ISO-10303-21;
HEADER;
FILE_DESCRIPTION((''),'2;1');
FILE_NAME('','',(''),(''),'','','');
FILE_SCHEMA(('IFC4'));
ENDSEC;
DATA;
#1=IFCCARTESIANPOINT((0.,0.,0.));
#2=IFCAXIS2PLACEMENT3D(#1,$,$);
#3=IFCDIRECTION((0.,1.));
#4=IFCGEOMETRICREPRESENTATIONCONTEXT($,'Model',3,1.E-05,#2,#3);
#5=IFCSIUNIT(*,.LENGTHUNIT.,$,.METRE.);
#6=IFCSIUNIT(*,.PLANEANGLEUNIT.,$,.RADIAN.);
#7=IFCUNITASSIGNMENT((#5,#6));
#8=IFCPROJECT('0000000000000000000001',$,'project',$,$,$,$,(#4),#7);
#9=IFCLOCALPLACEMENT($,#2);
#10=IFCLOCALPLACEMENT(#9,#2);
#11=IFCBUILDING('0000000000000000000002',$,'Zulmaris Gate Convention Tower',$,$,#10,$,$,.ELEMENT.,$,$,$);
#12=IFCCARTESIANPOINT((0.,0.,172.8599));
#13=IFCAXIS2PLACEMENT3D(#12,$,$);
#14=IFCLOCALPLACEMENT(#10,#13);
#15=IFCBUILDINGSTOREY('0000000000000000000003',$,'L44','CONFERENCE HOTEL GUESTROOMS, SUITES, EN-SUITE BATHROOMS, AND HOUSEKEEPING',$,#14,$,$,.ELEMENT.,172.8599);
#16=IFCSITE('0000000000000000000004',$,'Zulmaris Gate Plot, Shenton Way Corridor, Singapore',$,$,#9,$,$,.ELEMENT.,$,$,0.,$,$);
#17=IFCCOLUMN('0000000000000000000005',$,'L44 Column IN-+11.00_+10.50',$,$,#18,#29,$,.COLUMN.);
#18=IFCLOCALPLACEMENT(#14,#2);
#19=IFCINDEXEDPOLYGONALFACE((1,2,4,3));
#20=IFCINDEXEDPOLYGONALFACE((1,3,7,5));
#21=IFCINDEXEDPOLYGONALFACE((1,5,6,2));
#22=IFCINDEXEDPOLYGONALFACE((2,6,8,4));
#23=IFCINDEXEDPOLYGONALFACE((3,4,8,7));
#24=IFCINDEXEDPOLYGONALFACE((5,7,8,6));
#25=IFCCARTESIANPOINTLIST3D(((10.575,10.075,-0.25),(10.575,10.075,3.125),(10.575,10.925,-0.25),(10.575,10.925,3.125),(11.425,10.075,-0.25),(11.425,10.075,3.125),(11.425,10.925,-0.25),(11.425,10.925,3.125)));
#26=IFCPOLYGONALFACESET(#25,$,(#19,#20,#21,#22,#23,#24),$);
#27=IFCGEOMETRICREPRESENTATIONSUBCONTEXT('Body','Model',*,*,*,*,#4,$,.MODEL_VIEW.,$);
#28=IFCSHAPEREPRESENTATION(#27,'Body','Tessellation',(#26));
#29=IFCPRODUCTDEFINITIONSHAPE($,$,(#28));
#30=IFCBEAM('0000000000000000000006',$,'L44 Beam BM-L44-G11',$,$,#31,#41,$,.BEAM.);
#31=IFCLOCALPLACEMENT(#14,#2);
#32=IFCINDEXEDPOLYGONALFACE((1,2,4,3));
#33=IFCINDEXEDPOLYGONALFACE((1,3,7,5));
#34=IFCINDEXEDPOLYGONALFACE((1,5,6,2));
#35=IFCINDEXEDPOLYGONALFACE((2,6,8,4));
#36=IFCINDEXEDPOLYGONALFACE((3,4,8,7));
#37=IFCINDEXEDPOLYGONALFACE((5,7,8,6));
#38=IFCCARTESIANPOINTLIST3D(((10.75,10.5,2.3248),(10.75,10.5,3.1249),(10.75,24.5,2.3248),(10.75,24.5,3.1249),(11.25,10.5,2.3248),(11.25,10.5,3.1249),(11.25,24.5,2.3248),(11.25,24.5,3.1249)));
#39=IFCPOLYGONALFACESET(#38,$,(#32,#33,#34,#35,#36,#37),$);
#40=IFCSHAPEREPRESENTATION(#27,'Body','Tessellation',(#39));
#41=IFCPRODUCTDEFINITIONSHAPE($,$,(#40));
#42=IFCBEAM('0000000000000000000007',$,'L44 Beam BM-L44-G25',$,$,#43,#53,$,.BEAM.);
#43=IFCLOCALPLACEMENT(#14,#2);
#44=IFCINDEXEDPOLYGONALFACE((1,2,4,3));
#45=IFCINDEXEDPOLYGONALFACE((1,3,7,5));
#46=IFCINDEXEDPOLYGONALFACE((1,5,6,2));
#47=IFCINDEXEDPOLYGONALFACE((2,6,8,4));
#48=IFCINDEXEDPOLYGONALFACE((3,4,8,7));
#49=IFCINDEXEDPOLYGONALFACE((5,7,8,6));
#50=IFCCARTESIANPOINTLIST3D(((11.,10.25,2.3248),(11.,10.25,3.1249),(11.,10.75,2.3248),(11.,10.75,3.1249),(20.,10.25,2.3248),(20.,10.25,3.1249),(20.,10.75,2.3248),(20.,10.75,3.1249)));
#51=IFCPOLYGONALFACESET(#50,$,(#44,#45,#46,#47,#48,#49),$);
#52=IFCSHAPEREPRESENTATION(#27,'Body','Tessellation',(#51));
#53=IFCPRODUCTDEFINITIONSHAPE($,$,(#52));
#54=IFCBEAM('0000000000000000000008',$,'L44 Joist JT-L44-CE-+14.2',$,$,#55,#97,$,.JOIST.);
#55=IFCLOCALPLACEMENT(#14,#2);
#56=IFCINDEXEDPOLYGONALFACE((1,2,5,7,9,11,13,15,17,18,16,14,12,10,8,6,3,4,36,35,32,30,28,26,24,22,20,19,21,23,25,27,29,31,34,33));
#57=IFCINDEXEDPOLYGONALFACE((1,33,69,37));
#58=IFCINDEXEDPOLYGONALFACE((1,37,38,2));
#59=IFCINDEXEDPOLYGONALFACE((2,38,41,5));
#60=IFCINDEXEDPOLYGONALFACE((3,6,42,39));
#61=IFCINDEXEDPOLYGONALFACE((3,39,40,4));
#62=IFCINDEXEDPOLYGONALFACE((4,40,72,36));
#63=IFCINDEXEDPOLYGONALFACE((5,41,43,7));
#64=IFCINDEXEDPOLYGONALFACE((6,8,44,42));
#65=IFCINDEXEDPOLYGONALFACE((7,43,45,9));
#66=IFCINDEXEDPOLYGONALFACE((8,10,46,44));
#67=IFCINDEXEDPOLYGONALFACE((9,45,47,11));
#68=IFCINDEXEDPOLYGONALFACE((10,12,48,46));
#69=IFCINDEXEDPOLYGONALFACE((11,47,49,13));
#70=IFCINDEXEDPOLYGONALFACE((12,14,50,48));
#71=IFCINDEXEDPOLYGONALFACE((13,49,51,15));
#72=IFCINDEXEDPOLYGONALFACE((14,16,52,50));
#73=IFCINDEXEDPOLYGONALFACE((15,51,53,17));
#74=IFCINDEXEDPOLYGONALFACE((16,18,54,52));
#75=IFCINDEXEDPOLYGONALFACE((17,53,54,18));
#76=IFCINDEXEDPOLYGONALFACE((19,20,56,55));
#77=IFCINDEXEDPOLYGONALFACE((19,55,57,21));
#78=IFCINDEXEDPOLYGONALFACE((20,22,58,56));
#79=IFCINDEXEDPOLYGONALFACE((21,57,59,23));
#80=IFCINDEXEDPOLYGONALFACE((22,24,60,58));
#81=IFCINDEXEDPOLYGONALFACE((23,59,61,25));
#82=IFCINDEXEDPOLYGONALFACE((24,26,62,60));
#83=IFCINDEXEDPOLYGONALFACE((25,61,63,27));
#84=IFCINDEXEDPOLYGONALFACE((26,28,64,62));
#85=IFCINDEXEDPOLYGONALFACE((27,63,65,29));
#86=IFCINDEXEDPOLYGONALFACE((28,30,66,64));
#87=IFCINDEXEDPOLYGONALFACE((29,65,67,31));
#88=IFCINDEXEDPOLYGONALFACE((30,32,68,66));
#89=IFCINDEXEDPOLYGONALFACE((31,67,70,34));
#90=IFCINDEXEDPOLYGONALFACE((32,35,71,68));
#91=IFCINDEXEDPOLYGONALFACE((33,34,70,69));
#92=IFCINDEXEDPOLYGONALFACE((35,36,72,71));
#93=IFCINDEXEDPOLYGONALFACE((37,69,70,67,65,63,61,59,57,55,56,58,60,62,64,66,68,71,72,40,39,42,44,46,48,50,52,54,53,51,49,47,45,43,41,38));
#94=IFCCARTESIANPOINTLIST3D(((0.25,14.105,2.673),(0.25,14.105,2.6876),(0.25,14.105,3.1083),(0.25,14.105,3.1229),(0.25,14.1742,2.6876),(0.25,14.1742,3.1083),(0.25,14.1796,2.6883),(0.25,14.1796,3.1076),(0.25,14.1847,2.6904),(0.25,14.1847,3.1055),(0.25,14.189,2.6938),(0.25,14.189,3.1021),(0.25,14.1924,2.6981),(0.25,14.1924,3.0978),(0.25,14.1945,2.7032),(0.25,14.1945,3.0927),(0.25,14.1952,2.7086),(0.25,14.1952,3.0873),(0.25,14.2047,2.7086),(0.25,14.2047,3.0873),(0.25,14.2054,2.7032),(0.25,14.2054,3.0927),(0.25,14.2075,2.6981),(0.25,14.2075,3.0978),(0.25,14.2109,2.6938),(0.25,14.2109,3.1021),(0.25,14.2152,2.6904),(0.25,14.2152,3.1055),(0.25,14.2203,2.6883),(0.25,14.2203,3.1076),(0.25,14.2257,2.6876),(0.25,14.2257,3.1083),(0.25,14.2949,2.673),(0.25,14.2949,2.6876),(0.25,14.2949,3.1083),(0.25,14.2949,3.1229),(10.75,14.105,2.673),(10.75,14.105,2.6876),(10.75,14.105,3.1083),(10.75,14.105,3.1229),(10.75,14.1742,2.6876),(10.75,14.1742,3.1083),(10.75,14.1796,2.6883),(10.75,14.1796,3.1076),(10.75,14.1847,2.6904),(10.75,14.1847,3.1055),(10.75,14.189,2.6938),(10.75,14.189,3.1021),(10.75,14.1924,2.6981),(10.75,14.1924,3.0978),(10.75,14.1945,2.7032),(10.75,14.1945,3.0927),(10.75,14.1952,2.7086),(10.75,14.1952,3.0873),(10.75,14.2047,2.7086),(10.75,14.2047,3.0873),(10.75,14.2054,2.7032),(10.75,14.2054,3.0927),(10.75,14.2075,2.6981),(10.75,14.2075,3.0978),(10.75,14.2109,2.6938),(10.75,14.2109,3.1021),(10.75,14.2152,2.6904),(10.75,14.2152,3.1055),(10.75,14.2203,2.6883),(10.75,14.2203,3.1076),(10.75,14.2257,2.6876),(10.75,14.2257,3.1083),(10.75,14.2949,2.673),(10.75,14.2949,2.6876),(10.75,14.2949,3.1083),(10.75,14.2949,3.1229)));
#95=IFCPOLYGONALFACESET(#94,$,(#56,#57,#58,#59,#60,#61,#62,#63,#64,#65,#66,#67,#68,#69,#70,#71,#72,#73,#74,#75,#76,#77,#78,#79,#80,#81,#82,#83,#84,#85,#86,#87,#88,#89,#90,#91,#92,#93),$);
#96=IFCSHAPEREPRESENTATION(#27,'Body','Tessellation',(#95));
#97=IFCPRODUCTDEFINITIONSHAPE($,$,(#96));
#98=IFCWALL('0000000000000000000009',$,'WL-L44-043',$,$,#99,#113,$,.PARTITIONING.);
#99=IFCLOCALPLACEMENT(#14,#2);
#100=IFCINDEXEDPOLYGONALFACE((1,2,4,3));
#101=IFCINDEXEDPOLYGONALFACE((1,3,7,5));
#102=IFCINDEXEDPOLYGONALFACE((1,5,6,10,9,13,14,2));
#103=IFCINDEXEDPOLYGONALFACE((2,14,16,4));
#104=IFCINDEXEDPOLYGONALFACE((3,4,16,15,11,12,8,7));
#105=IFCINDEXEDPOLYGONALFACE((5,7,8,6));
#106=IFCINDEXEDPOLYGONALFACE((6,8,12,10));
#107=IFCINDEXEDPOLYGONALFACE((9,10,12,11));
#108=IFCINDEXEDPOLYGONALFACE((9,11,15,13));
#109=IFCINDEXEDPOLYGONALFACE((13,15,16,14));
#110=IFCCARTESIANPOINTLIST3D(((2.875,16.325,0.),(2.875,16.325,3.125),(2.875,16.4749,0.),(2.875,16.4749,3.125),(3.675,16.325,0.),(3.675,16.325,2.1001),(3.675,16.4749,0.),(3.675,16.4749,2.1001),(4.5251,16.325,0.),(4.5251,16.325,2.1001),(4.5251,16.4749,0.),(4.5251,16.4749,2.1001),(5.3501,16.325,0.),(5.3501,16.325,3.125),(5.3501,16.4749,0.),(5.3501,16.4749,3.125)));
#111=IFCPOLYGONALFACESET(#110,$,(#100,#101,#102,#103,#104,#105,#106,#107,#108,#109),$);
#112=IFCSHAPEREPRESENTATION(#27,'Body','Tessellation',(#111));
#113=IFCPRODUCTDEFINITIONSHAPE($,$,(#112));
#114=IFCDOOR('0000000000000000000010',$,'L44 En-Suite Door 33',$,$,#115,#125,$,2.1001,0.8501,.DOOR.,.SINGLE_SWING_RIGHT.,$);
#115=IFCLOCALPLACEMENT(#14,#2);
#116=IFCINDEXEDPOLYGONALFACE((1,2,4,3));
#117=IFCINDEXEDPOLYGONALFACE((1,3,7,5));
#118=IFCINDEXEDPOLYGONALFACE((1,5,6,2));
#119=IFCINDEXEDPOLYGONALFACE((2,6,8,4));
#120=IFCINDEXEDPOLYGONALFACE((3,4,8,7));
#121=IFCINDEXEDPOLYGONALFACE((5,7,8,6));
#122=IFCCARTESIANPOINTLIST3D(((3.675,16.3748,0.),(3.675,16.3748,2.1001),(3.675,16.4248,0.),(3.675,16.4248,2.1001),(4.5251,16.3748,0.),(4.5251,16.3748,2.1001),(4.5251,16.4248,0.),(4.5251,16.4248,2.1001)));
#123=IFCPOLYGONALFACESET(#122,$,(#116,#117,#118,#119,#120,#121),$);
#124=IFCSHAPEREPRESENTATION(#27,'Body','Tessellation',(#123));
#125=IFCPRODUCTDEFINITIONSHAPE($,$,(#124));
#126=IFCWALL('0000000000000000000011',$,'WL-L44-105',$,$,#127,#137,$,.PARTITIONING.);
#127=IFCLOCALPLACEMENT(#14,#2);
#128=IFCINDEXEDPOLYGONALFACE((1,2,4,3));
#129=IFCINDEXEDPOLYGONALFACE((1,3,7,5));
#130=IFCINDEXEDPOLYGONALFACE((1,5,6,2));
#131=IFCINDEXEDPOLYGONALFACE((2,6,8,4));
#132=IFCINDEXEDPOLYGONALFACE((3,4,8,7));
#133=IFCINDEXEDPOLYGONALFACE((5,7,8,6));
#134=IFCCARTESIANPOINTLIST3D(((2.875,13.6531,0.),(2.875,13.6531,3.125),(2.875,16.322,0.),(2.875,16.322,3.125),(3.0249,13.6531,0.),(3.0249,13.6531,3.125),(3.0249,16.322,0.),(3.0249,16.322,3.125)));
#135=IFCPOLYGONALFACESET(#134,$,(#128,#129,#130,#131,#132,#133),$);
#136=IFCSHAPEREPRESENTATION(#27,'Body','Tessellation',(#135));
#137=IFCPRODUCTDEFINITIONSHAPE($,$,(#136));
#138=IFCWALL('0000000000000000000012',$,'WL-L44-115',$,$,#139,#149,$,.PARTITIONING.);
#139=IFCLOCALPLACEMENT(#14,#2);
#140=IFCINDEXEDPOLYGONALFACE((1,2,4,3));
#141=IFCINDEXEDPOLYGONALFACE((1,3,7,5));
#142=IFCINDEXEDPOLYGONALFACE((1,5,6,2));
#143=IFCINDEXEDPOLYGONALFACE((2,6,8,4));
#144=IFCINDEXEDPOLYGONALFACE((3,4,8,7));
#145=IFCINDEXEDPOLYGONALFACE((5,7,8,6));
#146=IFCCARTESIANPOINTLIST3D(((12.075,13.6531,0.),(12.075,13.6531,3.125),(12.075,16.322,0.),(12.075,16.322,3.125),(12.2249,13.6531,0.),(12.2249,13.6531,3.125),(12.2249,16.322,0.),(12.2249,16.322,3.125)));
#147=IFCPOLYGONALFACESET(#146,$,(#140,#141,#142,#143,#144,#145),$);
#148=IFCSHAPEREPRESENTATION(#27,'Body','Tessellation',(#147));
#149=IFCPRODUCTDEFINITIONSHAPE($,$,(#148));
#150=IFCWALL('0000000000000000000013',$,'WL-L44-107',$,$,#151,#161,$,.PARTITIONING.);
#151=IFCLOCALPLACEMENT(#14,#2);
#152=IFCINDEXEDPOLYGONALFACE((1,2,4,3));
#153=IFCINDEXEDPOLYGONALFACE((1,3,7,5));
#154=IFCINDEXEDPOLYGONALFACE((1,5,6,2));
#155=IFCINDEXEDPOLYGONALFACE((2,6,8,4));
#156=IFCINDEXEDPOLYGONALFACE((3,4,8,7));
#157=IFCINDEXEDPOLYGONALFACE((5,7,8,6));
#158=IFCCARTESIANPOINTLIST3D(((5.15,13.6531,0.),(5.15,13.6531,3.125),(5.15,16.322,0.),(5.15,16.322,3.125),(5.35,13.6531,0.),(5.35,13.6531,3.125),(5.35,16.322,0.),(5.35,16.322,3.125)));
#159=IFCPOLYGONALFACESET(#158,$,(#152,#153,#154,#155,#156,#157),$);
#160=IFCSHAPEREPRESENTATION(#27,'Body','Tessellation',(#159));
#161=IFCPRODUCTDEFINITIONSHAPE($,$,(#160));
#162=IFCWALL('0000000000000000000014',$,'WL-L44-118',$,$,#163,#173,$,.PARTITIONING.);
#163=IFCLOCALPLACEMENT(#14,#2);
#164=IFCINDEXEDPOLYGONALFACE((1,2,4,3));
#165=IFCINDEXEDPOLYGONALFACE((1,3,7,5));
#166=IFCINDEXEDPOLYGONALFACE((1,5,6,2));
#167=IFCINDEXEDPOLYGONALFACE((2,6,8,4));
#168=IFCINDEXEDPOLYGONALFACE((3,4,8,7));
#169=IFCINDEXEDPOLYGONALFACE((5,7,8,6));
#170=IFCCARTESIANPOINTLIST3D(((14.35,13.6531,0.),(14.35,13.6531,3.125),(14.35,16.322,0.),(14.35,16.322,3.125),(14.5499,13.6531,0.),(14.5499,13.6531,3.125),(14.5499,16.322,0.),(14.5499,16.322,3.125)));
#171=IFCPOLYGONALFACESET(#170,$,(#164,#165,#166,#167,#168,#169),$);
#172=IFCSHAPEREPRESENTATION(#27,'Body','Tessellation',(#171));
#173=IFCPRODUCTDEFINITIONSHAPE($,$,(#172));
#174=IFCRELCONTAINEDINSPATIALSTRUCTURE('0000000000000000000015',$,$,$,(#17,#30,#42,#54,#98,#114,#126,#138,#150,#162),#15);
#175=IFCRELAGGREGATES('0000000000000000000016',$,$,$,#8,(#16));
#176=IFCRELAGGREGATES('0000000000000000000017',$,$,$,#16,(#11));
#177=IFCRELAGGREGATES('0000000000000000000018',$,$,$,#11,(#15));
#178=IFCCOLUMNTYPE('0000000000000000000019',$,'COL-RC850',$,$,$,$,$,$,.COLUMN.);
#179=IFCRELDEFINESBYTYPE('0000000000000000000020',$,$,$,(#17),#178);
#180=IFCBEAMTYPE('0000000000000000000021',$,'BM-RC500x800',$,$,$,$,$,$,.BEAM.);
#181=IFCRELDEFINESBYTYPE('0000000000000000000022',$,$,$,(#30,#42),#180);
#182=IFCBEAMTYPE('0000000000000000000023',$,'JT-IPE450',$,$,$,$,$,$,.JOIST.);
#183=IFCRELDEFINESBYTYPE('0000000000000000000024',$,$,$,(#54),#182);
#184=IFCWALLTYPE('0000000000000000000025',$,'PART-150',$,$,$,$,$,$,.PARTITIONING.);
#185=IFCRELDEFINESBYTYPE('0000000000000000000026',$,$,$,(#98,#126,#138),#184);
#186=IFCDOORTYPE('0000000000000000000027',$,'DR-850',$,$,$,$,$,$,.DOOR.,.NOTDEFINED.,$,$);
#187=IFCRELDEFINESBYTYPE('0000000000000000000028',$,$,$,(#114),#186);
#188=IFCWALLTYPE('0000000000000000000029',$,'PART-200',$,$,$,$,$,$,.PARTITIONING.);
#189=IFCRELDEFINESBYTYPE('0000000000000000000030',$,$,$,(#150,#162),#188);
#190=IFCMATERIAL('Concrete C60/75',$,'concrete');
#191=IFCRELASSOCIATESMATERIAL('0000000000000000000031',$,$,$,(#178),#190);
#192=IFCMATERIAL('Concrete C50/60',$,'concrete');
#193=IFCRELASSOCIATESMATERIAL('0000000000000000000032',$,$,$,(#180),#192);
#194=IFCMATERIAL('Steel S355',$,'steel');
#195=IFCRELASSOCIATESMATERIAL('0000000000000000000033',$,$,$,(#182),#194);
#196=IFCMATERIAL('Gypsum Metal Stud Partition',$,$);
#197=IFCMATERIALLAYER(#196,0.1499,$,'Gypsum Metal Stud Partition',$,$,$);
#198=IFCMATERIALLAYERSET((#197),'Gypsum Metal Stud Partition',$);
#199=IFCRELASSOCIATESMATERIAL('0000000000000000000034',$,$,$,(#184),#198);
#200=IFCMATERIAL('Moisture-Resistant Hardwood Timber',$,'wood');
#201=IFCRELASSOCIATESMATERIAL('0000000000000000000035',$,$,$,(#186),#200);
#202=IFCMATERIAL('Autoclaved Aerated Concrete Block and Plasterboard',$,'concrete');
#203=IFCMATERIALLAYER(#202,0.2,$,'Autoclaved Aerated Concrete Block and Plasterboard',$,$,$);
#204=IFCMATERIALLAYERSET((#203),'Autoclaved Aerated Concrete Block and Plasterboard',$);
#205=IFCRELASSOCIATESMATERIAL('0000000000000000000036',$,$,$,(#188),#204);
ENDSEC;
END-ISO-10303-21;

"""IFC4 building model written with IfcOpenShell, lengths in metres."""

from ifc_helpers import new_model, si_unit, direction, frame, frame_2d, origin, origin_2d, place, context, subcontext, project, spatial, rectangle, i_section, extrude, material, layer, layer_set, material_profile, profile_set, type_object, element, fill, save


model = new_model("IFC4")

# Units and contexts
model_context = context("Model", 3, precision=1e-05, world=origin(), true_north=direction((0.0, 1.0)))
body_context = subcontext(model_context, "Body", "Model", "MODEL_VIEW")
ifc_project = project(units=[si_unit("LENGTHUNIT", "METRE"), si_unit("PLANEANGLEUNIT", "RADIAN")], contexts=[model_context])

# Site, building, storey
site_placement = place(None, origin())
site = spatial("IfcSite", under=ifc_project, at=site_placement, Name="Zulmaris Gate Plot, Shenton Way Corridor, Singapore", CompositionType="ELEMENT", RefElevation=0.0)
building_placement = place(site_placement, origin())
building = spatial("IfcBuilding", under=site, at=building_placement, Name="Zulmaris Gate Convention Tower", CompositionType="ELEMENT")
storey_placement = place(building_placement, frame((0.0, 0.0, 172.8599)))
storey = spatial("IfcBuildingStorey", under=building, at=storey_placement, Name="L44", Description="CONFERENCE HOTEL GUESTROOMS, SUITES, EN-SUITE BATHROOMS, AND HOUSEKEEPING", CompositionType="ELEMENT", Elevation=172.8599)

# Column
ifc_material_1 = material(Name="Concrete C60/75", Category="concrete")
ifc_material_profile_1 = material_profile(ifc_material_1, rectangle(XDim=0.8501, YDim=0.8501, at=origin_2d()), Name="RC COL 850x850")
ifc_profile_set_1 = profile_set([ifc_material_profile_1], Name="Concrete C60/75")
column_type = type_object("IfcColumnType", Name="COL-RC850", PredefinedType="COLUMN", material=ifc_profile_set_1)
column_placement = place(storey_placement, frame((11.0, 10.5, -0.25), z_axis=(0.0, 0.0, 1.0), x_axis=(1.0, 0.0, 0.0)))
element("IfcColumn", 1, at=column_placement, inside=storey, type_object=column_type, Name="L44 Column IN-+11.00_+10.50", PredefinedType="COLUMN", context=body_context, shape_type="SweptSolid", body=[
    extrude(rectangle(XDim=0.8501, YDim=0.8501, at=origin_2d()), origin(), (0.0, 0.0, 1.0), 3.375),
])

# Beams
ifc_material_2 = material(Name="Concrete C50/60", Category="concrete")
ifc_material_profile_2 = material_profile(ifc_material_2, rectangle(XDim=0.5, YDim=0.8, at=origin_2d()), Name="RC BEAM 500x800")
ifc_profile_set_2 = profile_set([ifc_material_profile_2], Name="Concrete C50/60")
beam_type_1 = type_object("IfcBeamType", Name="BM-RC500x800", PredefinedType="BEAM", material=ifc_profile_set_2)
beam_1_placement = place(storey_placement, frame((11.0, 10.5, 2.7249), z_axis=(0.0, 1.0, 0.0), x_axis=(-1.0, 0.0, 0.0)))
element("IfcBeam", 2, at=beam_1_placement, inside=storey, type_object=beam_type_1, Name="L44 Beam BM-L44-G11", PredefinedType="BEAM", context=body_context, shape_type="SweptSolid", body=[
    extrude(rectangle(XDim=0.5, YDim=0.8, at=origin_2d()), origin(), (0.0, 0.0, 1.0), 14.0),
])
beam_2_placement = place(storey_placement, frame((11.0, 10.5, 2.7249), z_axis=(1.0, 0.0, 0.0), x_axis=(0.0, 1.0, 0.0)))
element("IfcBeam", 3, at=beam_2_placement, inside=storey, type_object=beam_type_1, Name="L44 Beam BM-L44-G25", PredefinedType="BEAM", context=body_context, shape_type="SweptSolid", body=[
    extrude(rectangle(XDim=0.5, YDim=0.8, at=origin_2d()), origin(), (0.0, 0.0, 1.0), 9.0),
])
ifc_material_3 = material(Name="Steel S355", Category="steel")
ifc_material_profile_3 = material_profile(ifc_material_3, i_section(OverallWidth=0.1899, OverallDepth=0.45, WebThickness=0.0095, FlangeThickness=0.0146, FilletRadius=0.021, at=origin_2d()), Name="IPE 450")
ifc_profile_set_3 = profile_set([ifc_material_profile_3], Name="Steel S355")
beam_type_2 = type_object("IfcBeamType", Name="JT-IPE450", PredefinedType="JOIST", material=ifc_profile_set_3)
beam_3_placement = place(storey_placement, frame((0.25, 14.2, 2.8979), z_axis=(1.0, 0.0, 0.0), x_axis=(0.0, 1.0, 0.0)))
element("IfcBeam", 4, at=beam_3_placement, inside=storey, type_object=beam_type_2, Name="L44 Joist JT-L44-CE-+14.2", PredefinedType="JOIST", context=body_context, shape_type="SweptSolid", body=[
    extrude(i_section(OverallWidth=0.1899, OverallDepth=0.45, WebThickness=0.0095, FlangeThickness=0.0146, FilletRadius=0.021, at=origin_2d()), origin(), (0.0, 0.0, 1.0), 10.5),
])

# Wall, opening, door
ifc_material_4 = material(Name="Gypsum Metal Stud Partition")
ifc_layer_1 = layer(ifc_material_4, 0.1499, Name="Gypsum Metal Stud Partition")
ifc_layer_set_1 = layer_set([ifc_layer_1], Name="Gypsum Metal Stud Partition")
wall_type_1 = type_object("IfcWallType", Name="PART-150", PredefinedType="PARTITIONING", material=ifc_layer_set_1)
wall_1_placement = place(storey_placement, frame((2.875, 16.3999, 0.0), z_axis=(0.0, 0.0, 1.0), x_axis=(1.0, 0.0, 0.0)))
wall_1 = element("IfcWall", 5, at=wall_1_placement, inside=storey, type_object=wall_type_1, Name="WL-L44-043", PredefinedType="PARTITIONING", context=body_context, shape_type="SweptSolid", body=[
    extrude(rectangle(XDim=2.4751, YDim=0.1499, at=frame_2d((1.2375, 0.0))), origin(), (0.0, 0.0, 1.0), 3.125),
])
opening_1_placement = place(wall_1_placement, frame((0.8, 0.0, 0.0)))
opening_1 = element("IfcOpeningElement", 6, at=opening_1_placement, cuts=wall_1, PredefinedType="OPENING", context=body_context, shape_type="SweptSolid", body=[
    extrude(rectangle(XDim=0.8501, YDim=2.1001, at=frame_2d((0.425, 1.05))), frame((0.0, 0.085, 0.0), z_axis=(0.0, -1.0, 0.0), x_axis=(1.0, 0.0, 0.0)), (0.0, 0.0, 1.0), 0.1699),
])
ifc_material_5 = material(Name="Moisture-Resistant Hardwood Timber", Category="wood")
door_type_1 = type_object("IfcDoorType", Name="DR-850", OperationType="NOTDEFINED", PredefinedType="DOOR", material=ifc_material_5)
door_1_placement = place(opening_1_placement, origin())
door_1 = element("IfcDoor", 7, at=door_1_placement, inside=storey, type_object=door_type_1, Name="L44 En-Suite Door 33", OperationType="SINGLE_SWING_RIGHT", OverallHeight=2.1001, OverallWidth=0.8501, PredefinedType="DOOR", context=body_context, shape_type="SweptSolid", body=[
    extrude(rectangle(XDim=0.8501, YDim=2.1001, at=frame_2d((0.425, 1.05))), frame((0.0, 0.0249, 0.0), z_axis=(0.0, -1.0, 0.0), x_axis=(1.0, 0.0, 0.0)), (0.0, 0.0, 1.0), 0.05),
])
fill(opening_1, door_1)

# Walls
for number, where, z_axis, x_axis, name in (
    (8, (2.95, 13.6531, 0.0), (0.0, 0.0, 1.0), (0.0, 1.0, 0.0), "WL-L44-105"),
    (9, (12.1499, 13.6531, 0.0), (0.0, 0.0, 1.0), (0.0, 1.0, 0.0), "WL-L44-115"),
):
    element("IfcWall", number, at=place(storey_placement, frame(where, z_axis=z_axis, x_axis=x_axis)), inside=storey, type_object=wall_type_1, Name=name, PredefinedType="PARTITIONING", context=body_context, shape_type="SweptSolid", body=[
        extrude(rectangle(XDim=2.6689, YDim=0.1499, at=frame_2d((1.3345, 0.0))), origin(), (0.0, 0.0, 1.0), 3.125),
    ])

# Walls
ifc_material_6 = material(Name="Autoclaved Aerated Concrete Block and Plasterboard", Category="concrete")
ifc_layer_2 = layer(ifc_material_6, 0.2, Name="Autoclaved Aerated Concrete Block and Plasterboard")
ifc_layer_set_2 = layer_set([ifc_layer_2], Name="Autoclaved Aerated Concrete Block and Plasterboard")
wall_type_2 = type_object("IfcWallType", Name="PART-200", PredefinedType="PARTITIONING", material=ifc_layer_set_2)
for number, where, z_axis, x_axis, name in (
    (10, (5.25, 13.6531, 0.0), (0.0, 0.0, 1.0), (0.0, 1.0, 0.0), "WL-L44-107"),
    (11, (14.45, 13.6531, 0.0), (0.0, 0.0, 1.0), (0.0, 1.0, 0.0), "WL-L44-118"),
):
    element("IfcWall", number, at=place(storey_placement, frame(where, z_axis=z_axis, x_axis=x_axis)), inside=storey, type_object=wall_type_2, Name=name, PredefinedType="PARTITIONING", context=body_context, shape_type="SweptSolid", body=[
        extrude(rectangle(XDim=2.6689, YDim=0.2, at=frame_2d((1.3345, 0.0))), origin(), (0.0, 0.0, 1.0), 3.125),
    ])

save(model, "model.ifc")
